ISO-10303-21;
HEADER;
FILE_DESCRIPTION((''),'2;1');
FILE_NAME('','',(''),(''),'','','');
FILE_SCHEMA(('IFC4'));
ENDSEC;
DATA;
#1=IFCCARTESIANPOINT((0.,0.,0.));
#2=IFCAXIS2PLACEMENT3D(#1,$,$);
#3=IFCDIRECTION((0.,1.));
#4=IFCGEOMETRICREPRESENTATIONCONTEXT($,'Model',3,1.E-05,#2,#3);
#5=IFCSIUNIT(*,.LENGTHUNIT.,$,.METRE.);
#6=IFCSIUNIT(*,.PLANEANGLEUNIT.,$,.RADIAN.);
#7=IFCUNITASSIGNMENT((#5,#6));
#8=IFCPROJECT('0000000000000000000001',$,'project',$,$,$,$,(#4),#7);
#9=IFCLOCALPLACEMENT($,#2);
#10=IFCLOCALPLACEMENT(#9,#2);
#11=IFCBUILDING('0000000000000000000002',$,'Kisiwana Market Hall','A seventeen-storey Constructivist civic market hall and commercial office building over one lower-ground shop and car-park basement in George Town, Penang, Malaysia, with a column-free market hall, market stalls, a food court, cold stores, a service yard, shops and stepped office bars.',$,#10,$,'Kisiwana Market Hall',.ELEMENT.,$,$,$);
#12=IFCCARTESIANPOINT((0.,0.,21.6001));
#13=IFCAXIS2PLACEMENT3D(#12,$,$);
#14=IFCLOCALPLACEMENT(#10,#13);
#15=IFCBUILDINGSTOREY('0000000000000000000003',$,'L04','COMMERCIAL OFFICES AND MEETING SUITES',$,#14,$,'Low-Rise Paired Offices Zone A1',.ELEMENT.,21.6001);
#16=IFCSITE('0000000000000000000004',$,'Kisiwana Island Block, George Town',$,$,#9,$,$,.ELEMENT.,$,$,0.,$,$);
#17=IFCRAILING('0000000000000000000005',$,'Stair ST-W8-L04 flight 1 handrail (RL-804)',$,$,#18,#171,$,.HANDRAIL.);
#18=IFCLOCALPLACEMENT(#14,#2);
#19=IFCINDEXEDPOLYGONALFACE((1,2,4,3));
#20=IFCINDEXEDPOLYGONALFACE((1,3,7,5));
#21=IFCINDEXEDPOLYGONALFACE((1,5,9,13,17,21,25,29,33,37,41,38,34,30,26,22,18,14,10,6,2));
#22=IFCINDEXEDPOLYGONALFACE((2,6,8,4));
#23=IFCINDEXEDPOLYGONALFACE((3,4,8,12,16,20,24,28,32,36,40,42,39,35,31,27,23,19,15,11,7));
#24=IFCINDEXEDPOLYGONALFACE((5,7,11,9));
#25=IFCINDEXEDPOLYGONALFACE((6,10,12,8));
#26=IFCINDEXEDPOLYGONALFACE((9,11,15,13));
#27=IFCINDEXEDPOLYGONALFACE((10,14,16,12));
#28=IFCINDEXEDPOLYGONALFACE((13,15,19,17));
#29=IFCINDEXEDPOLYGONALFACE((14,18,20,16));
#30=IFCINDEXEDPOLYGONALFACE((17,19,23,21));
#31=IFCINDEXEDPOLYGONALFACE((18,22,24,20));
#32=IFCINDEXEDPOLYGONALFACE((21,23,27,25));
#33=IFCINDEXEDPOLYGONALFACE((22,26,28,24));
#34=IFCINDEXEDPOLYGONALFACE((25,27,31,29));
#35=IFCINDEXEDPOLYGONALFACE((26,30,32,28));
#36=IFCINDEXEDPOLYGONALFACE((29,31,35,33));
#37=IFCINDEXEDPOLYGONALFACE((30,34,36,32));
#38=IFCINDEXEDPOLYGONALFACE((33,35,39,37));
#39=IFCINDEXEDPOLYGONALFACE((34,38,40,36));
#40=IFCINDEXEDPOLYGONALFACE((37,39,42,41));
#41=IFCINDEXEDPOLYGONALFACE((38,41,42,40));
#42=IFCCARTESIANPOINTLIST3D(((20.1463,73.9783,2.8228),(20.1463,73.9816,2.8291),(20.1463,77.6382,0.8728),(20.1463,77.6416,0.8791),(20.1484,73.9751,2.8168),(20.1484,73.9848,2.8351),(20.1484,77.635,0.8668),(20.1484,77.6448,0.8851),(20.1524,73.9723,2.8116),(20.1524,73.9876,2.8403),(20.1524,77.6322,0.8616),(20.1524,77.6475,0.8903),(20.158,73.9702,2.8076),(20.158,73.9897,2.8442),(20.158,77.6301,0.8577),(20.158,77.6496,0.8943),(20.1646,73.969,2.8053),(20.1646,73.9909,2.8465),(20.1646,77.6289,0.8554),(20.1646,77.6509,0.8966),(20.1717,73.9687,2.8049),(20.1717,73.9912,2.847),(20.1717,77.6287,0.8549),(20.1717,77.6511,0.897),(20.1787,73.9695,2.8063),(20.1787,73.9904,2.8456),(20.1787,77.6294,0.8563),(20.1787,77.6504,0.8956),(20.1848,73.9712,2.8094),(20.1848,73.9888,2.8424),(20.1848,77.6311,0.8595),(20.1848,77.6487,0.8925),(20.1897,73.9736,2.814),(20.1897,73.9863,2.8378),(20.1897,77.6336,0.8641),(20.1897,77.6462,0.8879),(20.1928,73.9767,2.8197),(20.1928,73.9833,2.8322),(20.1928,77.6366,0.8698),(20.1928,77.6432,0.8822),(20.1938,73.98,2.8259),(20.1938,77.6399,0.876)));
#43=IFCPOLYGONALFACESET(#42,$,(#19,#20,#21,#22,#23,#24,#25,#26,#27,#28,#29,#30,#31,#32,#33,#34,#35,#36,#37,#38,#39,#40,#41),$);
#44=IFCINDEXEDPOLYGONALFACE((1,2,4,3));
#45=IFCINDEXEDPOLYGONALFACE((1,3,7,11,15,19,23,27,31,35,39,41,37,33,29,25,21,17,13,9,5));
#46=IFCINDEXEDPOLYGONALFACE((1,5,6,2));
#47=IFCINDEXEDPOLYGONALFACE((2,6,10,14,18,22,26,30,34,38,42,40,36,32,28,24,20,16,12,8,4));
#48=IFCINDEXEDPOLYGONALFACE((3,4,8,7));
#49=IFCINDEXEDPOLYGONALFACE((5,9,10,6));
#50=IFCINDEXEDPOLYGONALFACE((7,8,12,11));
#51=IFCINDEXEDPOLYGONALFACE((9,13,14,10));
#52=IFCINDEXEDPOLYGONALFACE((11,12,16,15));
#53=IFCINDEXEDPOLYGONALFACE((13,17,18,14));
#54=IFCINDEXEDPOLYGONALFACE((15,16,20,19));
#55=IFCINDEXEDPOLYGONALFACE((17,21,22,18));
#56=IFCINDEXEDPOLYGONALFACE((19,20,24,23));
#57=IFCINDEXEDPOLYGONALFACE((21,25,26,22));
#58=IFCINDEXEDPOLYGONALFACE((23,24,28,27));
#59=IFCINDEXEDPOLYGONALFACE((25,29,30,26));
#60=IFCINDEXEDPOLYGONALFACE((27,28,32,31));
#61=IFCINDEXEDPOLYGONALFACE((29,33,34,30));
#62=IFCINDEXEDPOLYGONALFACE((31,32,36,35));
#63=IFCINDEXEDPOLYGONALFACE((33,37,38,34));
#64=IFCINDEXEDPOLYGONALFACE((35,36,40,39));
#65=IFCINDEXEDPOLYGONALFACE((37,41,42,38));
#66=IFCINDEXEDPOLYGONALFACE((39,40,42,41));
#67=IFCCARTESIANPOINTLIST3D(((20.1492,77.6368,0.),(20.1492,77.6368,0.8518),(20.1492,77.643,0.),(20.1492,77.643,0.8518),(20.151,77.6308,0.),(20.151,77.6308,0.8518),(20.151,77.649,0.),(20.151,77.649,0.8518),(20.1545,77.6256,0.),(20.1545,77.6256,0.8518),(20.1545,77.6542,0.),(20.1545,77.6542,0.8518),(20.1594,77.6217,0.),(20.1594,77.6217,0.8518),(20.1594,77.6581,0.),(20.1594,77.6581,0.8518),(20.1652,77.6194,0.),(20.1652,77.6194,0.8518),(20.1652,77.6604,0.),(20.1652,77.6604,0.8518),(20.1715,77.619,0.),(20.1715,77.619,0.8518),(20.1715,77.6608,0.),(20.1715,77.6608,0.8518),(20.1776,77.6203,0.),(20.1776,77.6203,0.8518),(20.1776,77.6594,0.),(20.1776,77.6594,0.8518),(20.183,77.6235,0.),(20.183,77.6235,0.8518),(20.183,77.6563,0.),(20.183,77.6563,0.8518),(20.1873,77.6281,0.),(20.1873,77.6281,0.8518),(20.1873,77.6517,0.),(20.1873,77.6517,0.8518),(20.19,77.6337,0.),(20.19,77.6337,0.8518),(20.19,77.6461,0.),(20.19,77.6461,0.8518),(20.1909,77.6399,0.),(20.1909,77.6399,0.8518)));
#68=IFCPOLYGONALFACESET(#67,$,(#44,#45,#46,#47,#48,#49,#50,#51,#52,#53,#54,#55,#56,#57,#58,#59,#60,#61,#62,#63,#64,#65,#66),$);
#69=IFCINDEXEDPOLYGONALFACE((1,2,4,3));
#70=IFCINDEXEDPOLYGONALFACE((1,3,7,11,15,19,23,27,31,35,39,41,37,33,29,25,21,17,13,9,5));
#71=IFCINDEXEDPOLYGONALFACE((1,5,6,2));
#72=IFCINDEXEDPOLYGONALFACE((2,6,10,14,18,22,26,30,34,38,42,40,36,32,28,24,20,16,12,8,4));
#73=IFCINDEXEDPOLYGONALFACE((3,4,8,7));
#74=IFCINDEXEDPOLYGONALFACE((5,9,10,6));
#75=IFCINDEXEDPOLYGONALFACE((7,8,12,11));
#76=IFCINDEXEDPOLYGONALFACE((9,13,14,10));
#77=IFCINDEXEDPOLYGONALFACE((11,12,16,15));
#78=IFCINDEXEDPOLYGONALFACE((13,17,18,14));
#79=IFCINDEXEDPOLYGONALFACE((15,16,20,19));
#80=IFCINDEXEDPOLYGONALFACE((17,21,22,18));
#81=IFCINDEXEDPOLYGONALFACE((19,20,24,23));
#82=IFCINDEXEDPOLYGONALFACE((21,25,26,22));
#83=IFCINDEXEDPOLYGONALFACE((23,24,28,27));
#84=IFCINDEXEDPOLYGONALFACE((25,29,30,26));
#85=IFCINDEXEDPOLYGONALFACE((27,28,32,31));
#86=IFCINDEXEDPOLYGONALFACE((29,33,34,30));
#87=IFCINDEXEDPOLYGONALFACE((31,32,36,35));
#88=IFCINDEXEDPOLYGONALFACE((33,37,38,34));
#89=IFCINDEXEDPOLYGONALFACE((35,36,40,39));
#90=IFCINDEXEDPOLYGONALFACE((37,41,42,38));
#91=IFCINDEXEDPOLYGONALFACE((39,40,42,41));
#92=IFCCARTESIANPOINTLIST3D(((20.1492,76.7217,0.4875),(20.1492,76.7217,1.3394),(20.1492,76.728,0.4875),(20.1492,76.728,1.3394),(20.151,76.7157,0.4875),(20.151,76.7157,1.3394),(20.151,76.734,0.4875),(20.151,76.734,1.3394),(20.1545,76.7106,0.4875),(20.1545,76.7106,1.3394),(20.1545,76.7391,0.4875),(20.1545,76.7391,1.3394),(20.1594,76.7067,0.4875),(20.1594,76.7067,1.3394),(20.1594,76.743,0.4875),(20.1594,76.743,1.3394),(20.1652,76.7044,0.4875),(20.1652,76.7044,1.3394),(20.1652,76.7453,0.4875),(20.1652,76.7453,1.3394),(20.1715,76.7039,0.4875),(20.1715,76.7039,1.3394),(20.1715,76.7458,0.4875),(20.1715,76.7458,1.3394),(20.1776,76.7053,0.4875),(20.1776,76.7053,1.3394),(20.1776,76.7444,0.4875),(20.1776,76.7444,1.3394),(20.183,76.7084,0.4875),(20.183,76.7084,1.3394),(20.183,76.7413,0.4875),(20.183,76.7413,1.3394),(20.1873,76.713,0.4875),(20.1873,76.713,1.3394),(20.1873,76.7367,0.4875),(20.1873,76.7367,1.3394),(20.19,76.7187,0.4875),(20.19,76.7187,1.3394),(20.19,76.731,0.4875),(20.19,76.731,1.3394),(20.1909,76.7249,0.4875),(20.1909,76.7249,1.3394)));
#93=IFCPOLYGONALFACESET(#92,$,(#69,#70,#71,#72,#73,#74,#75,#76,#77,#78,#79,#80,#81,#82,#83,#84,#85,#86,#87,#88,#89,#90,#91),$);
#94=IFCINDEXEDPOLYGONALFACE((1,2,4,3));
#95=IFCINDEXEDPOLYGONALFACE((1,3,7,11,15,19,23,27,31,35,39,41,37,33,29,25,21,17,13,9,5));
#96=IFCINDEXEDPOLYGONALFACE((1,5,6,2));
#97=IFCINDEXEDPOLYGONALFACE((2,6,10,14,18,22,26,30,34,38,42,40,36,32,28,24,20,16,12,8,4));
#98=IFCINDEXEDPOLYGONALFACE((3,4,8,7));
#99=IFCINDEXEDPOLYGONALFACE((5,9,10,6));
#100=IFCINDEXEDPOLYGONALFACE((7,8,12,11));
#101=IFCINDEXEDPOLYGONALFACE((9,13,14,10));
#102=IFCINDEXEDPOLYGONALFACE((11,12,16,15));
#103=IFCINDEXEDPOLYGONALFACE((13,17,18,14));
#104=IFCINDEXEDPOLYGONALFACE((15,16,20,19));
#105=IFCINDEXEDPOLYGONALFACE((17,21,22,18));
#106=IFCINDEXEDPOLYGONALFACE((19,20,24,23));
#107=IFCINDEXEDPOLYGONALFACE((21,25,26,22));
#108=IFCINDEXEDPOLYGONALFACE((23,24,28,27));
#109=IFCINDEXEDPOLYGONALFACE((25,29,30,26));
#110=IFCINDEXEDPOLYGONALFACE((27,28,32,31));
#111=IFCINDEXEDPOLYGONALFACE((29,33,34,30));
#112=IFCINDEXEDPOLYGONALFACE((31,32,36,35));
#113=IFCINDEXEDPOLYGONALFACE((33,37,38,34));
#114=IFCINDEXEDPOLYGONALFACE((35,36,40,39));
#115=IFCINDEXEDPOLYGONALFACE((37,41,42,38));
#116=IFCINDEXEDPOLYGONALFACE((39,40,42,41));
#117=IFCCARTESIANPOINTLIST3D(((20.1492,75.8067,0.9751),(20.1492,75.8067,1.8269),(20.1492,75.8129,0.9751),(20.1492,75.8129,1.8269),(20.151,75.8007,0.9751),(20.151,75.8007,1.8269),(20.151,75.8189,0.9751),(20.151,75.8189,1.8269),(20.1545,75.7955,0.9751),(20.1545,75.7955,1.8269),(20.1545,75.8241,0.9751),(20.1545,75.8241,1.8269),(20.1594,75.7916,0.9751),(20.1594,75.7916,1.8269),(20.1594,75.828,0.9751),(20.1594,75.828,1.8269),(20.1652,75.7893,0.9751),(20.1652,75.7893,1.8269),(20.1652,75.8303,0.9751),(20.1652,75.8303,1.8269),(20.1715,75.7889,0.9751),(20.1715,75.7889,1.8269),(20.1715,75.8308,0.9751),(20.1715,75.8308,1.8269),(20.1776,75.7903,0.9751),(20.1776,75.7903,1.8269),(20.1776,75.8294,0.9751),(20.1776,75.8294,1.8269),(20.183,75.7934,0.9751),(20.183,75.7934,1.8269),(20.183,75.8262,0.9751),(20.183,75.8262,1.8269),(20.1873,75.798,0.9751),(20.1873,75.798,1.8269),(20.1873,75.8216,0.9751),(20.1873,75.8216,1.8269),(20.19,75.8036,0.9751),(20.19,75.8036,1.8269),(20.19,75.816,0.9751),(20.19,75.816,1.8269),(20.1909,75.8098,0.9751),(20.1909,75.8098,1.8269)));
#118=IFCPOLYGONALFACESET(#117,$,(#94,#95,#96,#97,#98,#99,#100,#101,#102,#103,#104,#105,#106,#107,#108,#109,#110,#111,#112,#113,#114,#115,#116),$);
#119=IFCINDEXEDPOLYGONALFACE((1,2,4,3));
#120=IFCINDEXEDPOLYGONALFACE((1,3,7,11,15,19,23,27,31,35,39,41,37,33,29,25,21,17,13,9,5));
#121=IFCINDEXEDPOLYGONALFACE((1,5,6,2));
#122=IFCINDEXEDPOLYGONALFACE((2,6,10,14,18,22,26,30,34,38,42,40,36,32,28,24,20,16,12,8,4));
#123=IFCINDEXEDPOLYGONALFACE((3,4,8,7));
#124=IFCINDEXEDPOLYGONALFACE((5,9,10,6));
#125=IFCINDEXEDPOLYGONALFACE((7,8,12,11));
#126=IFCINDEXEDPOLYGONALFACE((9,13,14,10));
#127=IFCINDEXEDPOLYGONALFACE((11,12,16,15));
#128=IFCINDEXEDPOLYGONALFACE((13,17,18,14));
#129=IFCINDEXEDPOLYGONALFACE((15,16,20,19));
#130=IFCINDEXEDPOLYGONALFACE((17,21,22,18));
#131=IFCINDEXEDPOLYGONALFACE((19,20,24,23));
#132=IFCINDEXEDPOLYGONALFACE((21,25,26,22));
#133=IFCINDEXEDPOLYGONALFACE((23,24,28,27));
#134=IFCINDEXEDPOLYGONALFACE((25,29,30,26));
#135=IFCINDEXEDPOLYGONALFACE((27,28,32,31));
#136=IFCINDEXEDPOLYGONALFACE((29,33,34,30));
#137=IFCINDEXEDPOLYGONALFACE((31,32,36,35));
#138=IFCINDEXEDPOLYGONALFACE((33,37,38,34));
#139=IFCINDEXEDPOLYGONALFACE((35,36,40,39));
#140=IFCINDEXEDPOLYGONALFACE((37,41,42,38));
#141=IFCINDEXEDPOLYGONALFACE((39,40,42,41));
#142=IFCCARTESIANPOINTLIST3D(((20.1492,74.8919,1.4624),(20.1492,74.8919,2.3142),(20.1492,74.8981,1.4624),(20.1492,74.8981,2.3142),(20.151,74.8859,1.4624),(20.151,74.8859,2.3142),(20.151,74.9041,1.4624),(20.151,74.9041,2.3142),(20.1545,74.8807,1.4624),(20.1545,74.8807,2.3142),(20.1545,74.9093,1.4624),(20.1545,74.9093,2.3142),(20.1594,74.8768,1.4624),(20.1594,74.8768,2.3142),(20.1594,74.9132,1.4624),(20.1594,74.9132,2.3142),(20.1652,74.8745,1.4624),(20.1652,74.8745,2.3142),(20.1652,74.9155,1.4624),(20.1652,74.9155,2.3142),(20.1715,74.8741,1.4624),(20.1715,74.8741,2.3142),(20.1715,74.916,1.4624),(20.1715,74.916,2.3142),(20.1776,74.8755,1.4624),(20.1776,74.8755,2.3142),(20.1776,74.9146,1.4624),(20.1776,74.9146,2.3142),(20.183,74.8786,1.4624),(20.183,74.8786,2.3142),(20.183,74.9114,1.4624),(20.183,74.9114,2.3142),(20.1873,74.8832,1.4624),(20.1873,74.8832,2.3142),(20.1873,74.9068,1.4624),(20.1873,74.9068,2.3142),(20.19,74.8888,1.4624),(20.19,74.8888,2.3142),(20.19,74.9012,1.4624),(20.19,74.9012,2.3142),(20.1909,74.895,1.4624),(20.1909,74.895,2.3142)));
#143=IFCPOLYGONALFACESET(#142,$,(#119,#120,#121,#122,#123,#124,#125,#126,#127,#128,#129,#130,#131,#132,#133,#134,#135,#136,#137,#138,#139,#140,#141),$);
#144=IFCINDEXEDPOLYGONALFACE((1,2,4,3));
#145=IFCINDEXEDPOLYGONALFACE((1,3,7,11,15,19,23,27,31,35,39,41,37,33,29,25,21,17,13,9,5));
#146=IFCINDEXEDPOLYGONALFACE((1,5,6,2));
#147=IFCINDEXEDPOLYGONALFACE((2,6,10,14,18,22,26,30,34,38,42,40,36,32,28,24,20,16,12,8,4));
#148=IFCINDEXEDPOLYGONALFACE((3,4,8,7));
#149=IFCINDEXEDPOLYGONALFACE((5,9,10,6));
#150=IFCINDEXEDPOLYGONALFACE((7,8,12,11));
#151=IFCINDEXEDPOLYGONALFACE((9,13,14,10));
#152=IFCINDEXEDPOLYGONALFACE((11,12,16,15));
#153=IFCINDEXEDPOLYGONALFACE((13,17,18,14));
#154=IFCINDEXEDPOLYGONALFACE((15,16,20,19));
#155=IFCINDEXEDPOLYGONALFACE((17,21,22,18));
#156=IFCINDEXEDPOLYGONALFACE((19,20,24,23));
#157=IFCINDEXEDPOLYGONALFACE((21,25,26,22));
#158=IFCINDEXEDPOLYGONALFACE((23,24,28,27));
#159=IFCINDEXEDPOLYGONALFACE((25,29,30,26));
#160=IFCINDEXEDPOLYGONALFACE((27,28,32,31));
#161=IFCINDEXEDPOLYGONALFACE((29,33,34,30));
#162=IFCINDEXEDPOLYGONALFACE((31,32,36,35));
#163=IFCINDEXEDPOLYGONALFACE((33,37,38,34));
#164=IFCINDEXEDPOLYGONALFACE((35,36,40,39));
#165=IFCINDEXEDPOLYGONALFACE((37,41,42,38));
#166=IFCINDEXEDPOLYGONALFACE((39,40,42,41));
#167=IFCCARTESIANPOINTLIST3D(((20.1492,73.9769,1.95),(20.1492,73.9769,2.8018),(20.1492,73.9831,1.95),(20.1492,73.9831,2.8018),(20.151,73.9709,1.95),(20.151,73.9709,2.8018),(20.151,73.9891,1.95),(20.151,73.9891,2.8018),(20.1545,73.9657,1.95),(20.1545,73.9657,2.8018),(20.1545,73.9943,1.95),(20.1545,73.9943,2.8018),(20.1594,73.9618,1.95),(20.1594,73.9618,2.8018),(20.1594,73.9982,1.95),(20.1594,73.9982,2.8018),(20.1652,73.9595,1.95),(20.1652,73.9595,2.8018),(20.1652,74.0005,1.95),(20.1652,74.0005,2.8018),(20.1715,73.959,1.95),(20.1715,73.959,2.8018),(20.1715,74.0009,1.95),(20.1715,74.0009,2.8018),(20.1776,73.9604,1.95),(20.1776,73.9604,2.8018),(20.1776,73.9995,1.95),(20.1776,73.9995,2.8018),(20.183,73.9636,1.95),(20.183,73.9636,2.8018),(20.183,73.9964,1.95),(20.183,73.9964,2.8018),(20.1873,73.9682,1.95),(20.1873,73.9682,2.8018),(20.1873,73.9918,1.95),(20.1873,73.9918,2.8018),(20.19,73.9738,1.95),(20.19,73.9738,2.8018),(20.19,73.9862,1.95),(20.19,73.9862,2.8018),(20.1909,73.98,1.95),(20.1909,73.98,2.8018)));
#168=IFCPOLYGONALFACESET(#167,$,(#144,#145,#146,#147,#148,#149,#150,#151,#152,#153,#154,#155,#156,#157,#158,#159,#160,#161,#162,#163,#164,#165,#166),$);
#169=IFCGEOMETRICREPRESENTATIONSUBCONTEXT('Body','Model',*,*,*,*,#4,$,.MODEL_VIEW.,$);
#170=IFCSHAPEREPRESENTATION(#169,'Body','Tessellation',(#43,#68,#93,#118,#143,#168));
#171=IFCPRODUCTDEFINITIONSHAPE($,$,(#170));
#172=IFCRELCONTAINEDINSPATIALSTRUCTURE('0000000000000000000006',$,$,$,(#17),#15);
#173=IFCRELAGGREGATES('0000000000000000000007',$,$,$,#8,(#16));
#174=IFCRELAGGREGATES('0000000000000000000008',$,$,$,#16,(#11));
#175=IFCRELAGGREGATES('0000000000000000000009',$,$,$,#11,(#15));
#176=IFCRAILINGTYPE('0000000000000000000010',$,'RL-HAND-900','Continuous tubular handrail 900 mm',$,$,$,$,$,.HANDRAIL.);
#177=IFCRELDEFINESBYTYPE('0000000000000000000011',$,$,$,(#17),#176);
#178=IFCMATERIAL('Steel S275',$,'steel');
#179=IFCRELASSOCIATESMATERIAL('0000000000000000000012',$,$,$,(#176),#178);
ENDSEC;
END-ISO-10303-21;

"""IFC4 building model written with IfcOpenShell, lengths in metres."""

from ifc_helpers import new_model, si_unit, direction, frame, origin, origin_2d, place, context, subcontext, project, spatial, circle, extrude, material, type_object, element, save


model = new_model("IFC4")

# Units and contexts
model_context = context("Model", 3, precision=1e-05, world=origin(), true_north=direction((0.0, 1.0)))
body_context = subcontext(model_context, "Body", "Model", "MODEL_VIEW")
ifc_project = project(units=[si_unit("LENGTHUNIT", "METRE"), si_unit("PLANEANGLEUNIT", "RADIAN")], contexts=[model_context])

# Site, building, storey
site_placement = place(None, origin())
site = spatial("IfcSite", under=ifc_project, at=site_placement, Name="Kisiwana Island Block, George Town", CompositionType="ELEMENT", RefElevation=0.0)
building_placement = place(site_placement, origin())
building = spatial("IfcBuilding", under=site, at=building_placement, Name="Kisiwana Market Hall", Description="A seventeen-storey Constructivist civic market hall and commercial office building over one lower-ground shop and car-park basement in George Town, Penang, Malaysia, with a column-free market hall, market stalls, a food court, cold stores, a service yard, shops and stepped office bars.", LongName="Kisiwana Market Hall", CompositionType="ELEMENT")
storey_placement = place(building_placement, frame((0.0, 0.0, 21.6001)))
storey = spatial("IfcBuildingStorey", under=building, at=storey_placement, Name="L04", Description="COMMERCIAL OFFICES AND MEETING SUITES", LongName="Low-Rise Paired Offices Zone A1", CompositionType="ELEMENT", Elevation=21.6001)

# Railing
ifc_material_1 = material(Name="Steel S275", Category="steel")
railing_type_1 = type_object("IfcRailingType", Name="RL-HAND-900", Description="Continuous tubular handrail 900 mm", PredefinedType="HANDRAIL", material=ifc_material_1)
railing_1_placement = place(storey_placement, frame((20.1699, 77.6399, 0.0)))
element("IfcRailing", 1, at=railing_1_placement, inside=storey, type_object=railing_type_1, Name="Stair ST-W8-L04 flight 1 handrail (RL-804)", PredefinedType="HANDRAIL", context=body_context, shape_type="SweptSolid", body=[
    extrude(circle(Radius=0.0239, at=origin_2d()), frame((0.0, 0.0, 0.876), z_axis=(0.0, -0.882553, 0.470212), x_axis=(1.0, 0.0, 0.0)), (0.0, 0.0, 1.0), 4.147),
    extrude(circle(Radius=0.021, at=origin_2d()), origin(), (0.0, 0.0, 1.0), 0.8518),
    extrude(circle(Radius=0.021, at=origin_2d()), frame((0.0, -0.915, 0.4875)), (0.0, 0.0, 1.0), 0.8518),
    extrude(circle(Radius=0.021, at=origin_2d()), frame((0.0, -1.8301, 0.9751)), (0.0, 0.0, 1.0), 0.8518),
    extrude(circle(Radius=0.021, at=origin_2d()), frame((0.0, -2.7449, 1.4624)), (0.0, 0.0, 1.0), 0.8518),
    extrude(circle(Radius=0.021, at=origin_2d()), frame((0.0, -3.6599, 1.95)), (0.0, 0.0, 1.0), 0.8518),
])

save(model, "model.ifc")
